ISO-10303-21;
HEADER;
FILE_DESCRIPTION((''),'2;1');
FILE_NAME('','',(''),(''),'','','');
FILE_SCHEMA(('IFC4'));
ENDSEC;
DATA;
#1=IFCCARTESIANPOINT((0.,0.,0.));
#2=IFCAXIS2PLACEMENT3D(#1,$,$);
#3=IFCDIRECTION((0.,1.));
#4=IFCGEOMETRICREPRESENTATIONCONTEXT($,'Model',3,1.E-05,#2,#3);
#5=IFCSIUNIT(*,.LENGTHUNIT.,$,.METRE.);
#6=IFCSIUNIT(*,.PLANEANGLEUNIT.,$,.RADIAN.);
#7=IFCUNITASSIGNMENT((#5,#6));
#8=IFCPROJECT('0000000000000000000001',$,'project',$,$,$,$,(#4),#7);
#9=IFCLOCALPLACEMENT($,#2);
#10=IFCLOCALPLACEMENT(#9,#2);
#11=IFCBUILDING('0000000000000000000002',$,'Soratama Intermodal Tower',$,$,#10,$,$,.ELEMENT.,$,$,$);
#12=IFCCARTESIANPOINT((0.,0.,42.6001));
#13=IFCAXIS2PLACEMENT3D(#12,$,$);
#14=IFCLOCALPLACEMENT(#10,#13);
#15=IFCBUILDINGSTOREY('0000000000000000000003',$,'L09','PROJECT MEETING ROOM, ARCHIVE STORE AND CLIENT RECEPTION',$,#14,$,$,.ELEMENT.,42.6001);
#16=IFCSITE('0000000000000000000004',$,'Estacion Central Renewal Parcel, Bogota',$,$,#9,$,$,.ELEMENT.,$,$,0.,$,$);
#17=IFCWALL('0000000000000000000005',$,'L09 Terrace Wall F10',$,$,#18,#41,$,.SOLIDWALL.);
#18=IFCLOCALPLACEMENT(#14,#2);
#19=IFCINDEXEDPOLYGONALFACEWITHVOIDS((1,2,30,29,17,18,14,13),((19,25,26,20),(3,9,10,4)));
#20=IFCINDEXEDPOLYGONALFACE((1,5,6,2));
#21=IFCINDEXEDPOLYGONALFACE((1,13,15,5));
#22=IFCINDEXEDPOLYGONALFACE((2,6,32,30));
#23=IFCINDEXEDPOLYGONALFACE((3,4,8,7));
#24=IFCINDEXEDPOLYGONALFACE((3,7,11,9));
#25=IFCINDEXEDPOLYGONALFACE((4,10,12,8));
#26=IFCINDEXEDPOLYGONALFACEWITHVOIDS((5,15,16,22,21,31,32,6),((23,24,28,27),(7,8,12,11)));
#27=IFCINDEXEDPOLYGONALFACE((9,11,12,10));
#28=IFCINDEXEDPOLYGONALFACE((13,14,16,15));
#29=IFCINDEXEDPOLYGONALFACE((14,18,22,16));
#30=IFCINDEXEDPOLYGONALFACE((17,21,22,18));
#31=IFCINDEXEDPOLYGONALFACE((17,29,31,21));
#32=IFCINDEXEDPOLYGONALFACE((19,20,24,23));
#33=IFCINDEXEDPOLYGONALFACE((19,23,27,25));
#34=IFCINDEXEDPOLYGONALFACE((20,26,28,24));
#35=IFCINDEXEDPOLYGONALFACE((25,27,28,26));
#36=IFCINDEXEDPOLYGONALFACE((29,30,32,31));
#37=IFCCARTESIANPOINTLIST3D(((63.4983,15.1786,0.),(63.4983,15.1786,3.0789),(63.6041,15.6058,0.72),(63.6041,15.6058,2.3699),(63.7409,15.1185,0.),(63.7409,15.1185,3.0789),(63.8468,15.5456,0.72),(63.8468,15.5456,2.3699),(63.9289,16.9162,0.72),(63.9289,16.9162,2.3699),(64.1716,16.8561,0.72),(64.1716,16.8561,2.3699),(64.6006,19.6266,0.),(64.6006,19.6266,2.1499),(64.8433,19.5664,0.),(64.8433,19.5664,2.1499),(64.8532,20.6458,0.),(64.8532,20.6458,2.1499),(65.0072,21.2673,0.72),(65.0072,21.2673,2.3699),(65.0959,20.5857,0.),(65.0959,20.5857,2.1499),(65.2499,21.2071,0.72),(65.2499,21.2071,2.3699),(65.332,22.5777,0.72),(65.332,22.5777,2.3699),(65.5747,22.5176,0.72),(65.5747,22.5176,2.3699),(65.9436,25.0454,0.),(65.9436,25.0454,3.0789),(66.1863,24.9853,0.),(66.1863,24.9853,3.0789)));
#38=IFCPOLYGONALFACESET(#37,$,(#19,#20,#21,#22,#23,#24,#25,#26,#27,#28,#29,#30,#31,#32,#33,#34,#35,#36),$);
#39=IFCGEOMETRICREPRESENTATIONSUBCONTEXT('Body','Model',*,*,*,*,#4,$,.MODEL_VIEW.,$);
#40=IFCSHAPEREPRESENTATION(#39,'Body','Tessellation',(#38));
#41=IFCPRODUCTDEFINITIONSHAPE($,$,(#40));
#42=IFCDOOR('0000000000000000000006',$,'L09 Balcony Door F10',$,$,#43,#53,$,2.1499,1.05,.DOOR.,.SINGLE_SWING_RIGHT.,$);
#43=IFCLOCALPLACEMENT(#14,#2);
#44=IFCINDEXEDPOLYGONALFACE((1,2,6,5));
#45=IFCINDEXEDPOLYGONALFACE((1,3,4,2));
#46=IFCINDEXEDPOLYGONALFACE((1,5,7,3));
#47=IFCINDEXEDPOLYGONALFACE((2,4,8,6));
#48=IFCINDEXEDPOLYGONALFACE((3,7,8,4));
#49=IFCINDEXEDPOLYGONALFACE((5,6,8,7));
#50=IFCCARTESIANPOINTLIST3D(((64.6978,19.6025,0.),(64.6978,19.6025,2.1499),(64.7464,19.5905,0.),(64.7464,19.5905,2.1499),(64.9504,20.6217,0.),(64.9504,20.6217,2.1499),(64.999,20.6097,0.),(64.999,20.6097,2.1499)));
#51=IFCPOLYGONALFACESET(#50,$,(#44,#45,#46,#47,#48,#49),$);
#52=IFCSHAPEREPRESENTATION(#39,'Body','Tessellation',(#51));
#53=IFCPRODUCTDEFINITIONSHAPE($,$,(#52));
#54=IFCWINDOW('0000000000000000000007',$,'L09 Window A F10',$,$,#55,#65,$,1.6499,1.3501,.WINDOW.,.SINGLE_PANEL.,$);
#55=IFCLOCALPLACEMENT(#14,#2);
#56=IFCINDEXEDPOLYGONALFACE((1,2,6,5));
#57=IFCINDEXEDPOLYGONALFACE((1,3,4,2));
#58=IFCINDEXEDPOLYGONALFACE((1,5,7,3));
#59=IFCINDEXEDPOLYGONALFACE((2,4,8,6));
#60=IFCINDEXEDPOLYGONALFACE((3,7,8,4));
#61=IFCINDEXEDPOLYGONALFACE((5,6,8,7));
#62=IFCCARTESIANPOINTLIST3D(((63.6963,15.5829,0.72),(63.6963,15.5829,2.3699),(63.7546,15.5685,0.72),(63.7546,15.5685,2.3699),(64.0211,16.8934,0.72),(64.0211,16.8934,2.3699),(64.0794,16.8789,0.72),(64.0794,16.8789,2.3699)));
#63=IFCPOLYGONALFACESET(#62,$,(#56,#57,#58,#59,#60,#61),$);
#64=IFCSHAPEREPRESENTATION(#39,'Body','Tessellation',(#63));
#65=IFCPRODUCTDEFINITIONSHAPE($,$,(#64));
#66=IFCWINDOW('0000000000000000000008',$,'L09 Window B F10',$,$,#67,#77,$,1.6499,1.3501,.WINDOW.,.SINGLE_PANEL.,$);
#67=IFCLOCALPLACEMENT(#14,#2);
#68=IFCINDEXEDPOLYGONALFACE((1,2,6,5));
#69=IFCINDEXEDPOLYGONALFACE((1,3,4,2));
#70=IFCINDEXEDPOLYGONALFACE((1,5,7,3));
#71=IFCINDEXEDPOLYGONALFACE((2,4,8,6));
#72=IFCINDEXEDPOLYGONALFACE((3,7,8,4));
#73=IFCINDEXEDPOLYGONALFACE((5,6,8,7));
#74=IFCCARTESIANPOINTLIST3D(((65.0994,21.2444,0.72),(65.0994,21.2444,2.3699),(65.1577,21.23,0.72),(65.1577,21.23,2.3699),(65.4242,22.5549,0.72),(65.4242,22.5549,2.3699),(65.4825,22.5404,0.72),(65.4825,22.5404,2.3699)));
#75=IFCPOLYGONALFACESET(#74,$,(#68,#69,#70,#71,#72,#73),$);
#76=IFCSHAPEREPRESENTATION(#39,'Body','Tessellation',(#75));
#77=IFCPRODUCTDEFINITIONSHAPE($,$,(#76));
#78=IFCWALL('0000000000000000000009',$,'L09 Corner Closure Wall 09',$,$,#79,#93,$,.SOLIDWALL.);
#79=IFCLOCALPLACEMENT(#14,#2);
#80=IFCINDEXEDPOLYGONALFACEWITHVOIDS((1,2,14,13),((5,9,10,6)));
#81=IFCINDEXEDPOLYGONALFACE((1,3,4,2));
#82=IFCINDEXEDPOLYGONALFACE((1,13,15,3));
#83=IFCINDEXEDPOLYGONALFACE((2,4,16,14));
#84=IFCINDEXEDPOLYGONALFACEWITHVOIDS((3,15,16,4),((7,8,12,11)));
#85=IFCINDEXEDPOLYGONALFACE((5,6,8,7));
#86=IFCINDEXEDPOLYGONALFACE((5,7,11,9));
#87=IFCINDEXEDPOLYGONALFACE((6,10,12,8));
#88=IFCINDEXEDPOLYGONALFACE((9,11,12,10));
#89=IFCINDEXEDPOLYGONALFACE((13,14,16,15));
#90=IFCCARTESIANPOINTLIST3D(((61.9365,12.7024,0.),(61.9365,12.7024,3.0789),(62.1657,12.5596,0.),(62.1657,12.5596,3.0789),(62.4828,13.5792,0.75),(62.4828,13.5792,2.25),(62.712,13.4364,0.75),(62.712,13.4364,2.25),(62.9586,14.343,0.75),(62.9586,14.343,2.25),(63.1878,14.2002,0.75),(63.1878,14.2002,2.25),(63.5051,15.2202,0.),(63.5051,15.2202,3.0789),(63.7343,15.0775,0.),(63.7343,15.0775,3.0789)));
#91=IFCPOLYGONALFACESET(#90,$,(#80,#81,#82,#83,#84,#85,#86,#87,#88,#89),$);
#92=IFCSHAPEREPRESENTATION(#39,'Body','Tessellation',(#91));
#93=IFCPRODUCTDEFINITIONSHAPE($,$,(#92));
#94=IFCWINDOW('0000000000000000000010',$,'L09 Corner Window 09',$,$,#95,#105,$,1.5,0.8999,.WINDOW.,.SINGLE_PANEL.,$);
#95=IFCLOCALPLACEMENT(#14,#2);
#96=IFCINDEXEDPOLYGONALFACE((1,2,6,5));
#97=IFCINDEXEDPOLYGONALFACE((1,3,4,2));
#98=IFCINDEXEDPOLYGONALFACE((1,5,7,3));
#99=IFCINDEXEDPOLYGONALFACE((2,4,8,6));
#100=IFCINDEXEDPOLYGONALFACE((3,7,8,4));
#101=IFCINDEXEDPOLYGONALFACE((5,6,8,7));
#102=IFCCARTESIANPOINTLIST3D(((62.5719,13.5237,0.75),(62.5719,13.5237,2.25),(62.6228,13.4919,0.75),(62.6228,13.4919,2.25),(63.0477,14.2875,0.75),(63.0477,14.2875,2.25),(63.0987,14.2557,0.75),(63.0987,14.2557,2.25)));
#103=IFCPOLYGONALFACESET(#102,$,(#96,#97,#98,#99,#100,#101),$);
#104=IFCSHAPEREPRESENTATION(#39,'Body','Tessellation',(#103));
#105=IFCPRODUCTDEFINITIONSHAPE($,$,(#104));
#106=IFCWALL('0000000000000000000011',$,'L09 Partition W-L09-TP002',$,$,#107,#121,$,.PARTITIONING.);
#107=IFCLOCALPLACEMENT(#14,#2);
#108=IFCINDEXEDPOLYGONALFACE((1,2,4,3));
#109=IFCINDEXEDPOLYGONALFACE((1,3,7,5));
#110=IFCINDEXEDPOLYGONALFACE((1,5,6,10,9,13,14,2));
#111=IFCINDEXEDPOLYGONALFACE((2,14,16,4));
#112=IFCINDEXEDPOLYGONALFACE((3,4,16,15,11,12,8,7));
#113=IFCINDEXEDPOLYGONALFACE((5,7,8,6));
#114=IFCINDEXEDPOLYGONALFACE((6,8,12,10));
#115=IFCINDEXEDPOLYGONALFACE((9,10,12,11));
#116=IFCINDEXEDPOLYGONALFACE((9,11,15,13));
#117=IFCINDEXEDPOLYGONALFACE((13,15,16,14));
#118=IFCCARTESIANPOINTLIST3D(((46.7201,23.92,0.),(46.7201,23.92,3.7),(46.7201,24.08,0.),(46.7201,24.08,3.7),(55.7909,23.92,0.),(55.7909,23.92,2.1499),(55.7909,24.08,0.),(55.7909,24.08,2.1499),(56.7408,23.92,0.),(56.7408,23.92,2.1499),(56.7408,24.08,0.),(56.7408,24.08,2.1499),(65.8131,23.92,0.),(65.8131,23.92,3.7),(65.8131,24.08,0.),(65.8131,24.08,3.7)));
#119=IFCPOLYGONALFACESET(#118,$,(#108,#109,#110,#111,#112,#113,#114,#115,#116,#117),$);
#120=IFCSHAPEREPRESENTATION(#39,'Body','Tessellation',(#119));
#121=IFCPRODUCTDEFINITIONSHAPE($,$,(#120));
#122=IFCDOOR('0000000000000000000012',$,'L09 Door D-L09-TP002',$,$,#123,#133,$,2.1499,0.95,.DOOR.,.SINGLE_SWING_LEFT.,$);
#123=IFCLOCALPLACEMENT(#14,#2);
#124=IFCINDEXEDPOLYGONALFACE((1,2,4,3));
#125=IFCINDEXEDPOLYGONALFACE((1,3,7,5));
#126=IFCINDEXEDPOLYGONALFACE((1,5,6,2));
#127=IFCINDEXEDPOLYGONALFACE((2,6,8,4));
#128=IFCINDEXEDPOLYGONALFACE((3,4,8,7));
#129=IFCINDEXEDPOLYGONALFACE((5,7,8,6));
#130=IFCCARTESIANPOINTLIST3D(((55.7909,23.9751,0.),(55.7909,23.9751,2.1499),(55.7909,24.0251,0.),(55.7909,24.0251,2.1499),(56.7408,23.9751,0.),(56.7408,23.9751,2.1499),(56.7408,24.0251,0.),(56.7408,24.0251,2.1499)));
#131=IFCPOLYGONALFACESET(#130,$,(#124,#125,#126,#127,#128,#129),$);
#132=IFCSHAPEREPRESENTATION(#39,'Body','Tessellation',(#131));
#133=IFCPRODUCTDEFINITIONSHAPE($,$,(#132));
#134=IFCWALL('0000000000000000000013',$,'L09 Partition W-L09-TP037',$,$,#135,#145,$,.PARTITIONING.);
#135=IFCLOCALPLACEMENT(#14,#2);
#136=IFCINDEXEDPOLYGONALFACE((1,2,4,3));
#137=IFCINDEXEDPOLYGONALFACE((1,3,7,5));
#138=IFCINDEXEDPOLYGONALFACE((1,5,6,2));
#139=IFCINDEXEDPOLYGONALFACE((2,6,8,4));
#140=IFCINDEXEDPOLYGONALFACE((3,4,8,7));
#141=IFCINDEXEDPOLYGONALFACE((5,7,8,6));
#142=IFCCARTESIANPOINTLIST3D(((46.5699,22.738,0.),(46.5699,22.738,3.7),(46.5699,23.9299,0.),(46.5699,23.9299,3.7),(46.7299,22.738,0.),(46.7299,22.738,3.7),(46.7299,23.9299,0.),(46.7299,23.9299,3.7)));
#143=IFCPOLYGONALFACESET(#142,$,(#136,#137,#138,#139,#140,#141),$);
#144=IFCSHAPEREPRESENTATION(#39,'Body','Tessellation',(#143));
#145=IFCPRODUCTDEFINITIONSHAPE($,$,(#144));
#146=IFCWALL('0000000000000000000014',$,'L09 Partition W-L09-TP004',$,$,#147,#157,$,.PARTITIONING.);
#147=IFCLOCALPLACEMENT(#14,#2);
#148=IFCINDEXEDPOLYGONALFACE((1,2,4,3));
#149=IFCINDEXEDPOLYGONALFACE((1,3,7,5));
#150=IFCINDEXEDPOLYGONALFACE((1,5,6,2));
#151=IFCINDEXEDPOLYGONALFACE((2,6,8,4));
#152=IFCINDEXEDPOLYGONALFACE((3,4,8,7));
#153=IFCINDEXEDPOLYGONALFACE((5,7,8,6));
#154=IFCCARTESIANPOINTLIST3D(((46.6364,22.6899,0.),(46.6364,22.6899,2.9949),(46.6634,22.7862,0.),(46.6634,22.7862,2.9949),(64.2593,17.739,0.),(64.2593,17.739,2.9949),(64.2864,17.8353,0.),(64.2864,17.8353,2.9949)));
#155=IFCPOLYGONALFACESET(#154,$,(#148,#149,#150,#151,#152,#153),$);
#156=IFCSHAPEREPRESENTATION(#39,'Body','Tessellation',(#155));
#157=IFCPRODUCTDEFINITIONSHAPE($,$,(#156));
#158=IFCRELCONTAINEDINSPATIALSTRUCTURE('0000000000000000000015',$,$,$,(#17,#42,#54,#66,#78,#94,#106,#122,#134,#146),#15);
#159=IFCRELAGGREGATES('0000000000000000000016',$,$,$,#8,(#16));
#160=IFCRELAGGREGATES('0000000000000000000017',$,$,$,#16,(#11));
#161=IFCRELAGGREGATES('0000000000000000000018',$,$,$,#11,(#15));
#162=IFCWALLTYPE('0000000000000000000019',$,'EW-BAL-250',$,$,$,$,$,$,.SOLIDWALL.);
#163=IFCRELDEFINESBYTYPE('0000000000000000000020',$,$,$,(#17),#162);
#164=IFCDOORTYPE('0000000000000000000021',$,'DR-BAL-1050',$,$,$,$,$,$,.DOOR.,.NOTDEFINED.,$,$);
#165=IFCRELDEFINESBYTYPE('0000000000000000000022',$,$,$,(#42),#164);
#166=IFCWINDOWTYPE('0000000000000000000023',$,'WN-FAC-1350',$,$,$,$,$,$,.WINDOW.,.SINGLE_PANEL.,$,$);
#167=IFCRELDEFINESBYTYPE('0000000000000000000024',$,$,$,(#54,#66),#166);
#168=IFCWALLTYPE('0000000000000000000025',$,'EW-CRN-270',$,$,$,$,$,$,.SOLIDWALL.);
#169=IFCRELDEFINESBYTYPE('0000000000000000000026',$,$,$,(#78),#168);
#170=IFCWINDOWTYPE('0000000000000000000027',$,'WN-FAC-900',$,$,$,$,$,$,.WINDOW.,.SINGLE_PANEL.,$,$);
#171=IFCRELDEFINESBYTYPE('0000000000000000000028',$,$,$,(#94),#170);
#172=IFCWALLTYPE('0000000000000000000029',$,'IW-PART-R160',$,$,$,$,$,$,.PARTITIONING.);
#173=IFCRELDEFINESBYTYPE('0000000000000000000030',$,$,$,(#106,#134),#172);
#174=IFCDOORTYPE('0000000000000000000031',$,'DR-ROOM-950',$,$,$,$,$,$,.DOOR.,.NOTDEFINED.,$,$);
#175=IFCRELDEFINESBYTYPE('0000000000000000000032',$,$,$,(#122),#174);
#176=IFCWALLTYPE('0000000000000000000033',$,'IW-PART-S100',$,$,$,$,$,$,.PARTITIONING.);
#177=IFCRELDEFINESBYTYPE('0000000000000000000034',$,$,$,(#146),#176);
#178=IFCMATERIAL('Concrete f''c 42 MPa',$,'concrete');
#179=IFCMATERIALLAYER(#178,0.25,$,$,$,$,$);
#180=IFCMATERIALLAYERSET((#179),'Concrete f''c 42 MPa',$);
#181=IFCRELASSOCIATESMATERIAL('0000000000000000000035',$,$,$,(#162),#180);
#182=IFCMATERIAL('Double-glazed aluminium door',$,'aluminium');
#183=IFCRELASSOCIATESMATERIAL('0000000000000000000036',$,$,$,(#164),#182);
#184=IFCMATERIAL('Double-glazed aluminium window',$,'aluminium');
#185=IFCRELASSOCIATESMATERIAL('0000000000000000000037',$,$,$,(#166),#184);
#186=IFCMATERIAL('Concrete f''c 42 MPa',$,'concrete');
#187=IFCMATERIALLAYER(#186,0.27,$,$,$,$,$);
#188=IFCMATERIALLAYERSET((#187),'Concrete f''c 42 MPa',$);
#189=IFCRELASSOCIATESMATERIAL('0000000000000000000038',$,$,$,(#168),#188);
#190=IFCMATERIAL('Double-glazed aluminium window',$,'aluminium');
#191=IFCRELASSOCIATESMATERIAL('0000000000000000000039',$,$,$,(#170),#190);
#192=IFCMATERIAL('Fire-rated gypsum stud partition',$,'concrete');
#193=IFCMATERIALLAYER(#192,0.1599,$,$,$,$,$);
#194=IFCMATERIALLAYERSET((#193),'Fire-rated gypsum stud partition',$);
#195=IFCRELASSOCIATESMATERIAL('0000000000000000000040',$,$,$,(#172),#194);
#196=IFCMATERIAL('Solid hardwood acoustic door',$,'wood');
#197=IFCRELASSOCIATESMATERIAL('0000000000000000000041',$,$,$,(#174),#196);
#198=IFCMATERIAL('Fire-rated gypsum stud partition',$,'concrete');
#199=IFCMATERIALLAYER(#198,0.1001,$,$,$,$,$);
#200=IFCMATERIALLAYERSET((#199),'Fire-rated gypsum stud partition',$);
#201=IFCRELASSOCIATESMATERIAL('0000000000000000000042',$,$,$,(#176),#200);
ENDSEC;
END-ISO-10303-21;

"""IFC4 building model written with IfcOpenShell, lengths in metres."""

from ifc_helpers import new_model, si_unit, direction, frame, frame_2d, origin, place, context, subcontext, project, spatial, rectangle, extrude, material, layer, layer_set, type_object, element, fill, save


model = new_model("IFC4")

# Units and contexts
model_context = context("Model", 3, precision=1e-05, world=origin(), true_north=direction((0.0, 1.0)))
body_context = subcontext(model_context, "Body", "Model", "MODEL_VIEW")
ifc_project = project(units=[si_unit("LENGTHUNIT", "METRE"), si_unit("PLANEANGLEUNIT", "RADIAN")], contexts=[model_context])

# Site, building, storey
site_placement = place(None, origin())
site = spatial("IfcSite", under=ifc_project, at=site_placement, Name="Estacion Central Renewal Parcel, Bogota", CompositionType="ELEMENT", RefElevation=0.0)
building_placement = place(site_placement, origin())
building = spatial("IfcBuilding", under=site, at=building_placement, Name="Soratama Intermodal Tower", CompositionType="ELEMENT")
storey_placement = place(building_placement, frame((0.0, 0.0, 42.6001)))
storey = spatial("IfcBuildingStorey", under=building, at=storey_placement, Name="L09", Description="PROJECT MEETING ROOM, ARCHIVE STORE AND CLIENT RECEPTION", CompositionType="ELEMENT", Elevation=42.6001)

# Wall, openings, door, windows
ifc_material_1 = material(Name="Concrete f'c 42 MPa", Category="concrete")
ifc_layer_1 = layer(ifc_material_1, 0.25)
ifc_layer_set_1 = layer_set([ifc_layer_1], Name="Concrete f'c 42 MPa")
wall_type_1 = type_object("IfcWallType", Name="EW-BAL-250", PredefinedType="SOLIDWALL", material=ifc_layer_set_1)
wall_1_placement = place(storey_placement, frame((63.6196, 15.1487, 0.0), z_axis=(0.0, 0.0, 1.0), x_axis=(0.240557, 0.970635, 0.0)))
wall_1 = element("IfcWall", 1, at=wall_1_placement, inside=storey, type_object=wall_type_1, Name="L09 Terrace Wall F10", PredefinedType="SOLIDWALL", context=body_context, shape_type="SweptSolid", body=[
    extrude(rectangle(XDim=10.1653, YDim=0.25, at=frame_2d((5.0825, 0.0))), origin(), (0.0, 0.0, 1.0), 3.0789),
])
opening_1_placement = place(wall_1_placement, frame((4.5825, 0.0, 0.0)))
opening_1 = element("IfcOpeningElement", 2, at=opening_1_placement, cuts=wall_1, PredefinedType="OPENING", context=body_context, shape_type="SweptSolid", body=[
    extrude(rectangle(XDim=1.05, YDim=2.1499, at=frame_2d((0.5249, 1.075))), frame((0.0, 0.135, 0.0), z_axis=(0.0, -1.0, 0.0), x_axis=(1.0, 0.0, 0.0)), (0.0, 0.0, 1.0), 0.27),
])
opening_2_placement = place(wall_1_placement, frame((0.4399, 0.0, 0.72)))
opening_2 = element("IfcOpeningElement", 3, at=opening_2_placement, cuts=wall_1, PredefinedType="OPENING", context=body_context, shape_type="SweptSolid", body=[
    extrude(rectangle(XDim=1.3501, YDim=1.6499, at=frame_2d((0.675, 0.825))), frame((0.0, 0.135, 0.0), z_axis=(0.0, -1.0, 0.0), x_axis=(1.0, 0.0, 0.0)), (0.0, 0.0, 1.0), 0.27),
])
opening_3_placement = place(wall_1_placement, frame((6.2727, 0.0, 0.72)))
opening_3 = element("IfcOpeningElement", 4, at=opening_3_placement, cuts=wall_1, PredefinedType="OPENING", context=body_context, shape_type="SweptSolid", body=[
    extrude(rectangle(XDim=1.3501, YDim=1.6499, at=frame_2d((0.675, 0.825))), frame((0.0, 0.135, 0.0), z_axis=(0.0, -1.0, 0.0), x_axis=(1.0, 0.0, 0.0)), (0.0, 0.0, 1.0), 0.27),
])
ifc_material_2 = material(Name="Double-glazed aluminium door", Category="aluminium")
door_type_1 = type_object("IfcDoorType", Name="DR-BAL-1050", OperationType="NOTDEFINED", PredefinedType="DOOR", material=ifc_material_2)
door_1_placement = place(opening_1_placement, origin())
door_1 = element("IfcDoor", 5, at=door_1_placement, inside=storey, type_object=door_type_1, Name="L09 Balcony Door F10", OperationType="SINGLE_SWING_RIGHT", OverallHeight=2.1499, OverallWidth=1.05, PredefinedType="DOOR", context=body_context, shape_type="SweptSolid", body=[
    extrude(rectangle(XDim=1.05, YDim=2.1499, at=frame_2d((0.5249, 1.075))), frame((0.0, 0.0249, 0.0), z_axis=(0.0, -1.0, 0.0), x_axis=(1.0, 0.0, 0.0)), (0.0, 0.0, 1.0), 0.05),
])
fill(opening_1, door_1)
ifc_material_3 = material(Name="Double-glazed aluminium window", Category="aluminium")
window_type_1 = type_object("IfcWindowType", Name="WN-FAC-1350", PartitioningType="SINGLE_PANEL", PredefinedType="WINDOW", material=ifc_material_3)
window_1_placement = place(opening_2_placement, origin())
window_1 = element("IfcWindow", 6, at=window_1_placement, inside=storey, type_object=window_type_1, Name="L09 Window A F10", OverallHeight=1.6499, OverallWidth=1.3501, PartitioningType="SINGLE_PANEL", PredefinedType="WINDOW", context=body_context, shape_type="SweptSolid", body=[
    extrude(rectangle(XDim=1.3501, YDim=1.6499, at=frame_2d((0.675, 0.825))), frame((0.0, 0.03, 0.0), z_axis=(0.0, -1.0, 0.0), x_axis=(1.0, 0.0, 0.0)), (0.0, 0.0, 1.0), 0.0601),
])
fill(opening_2, window_1)
window_2_placement = place(opening_3_placement, origin())
window_2 = element("IfcWindow", 7, at=window_2_placement, inside=storey, type_object=window_type_1, Name="L09 Window B F10", OverallHeight=1.6499, OverallWidth=1.3501, PartitioningType="SINGLE_PANEL", PredefinedType="WINDOW", context=body_context, shape_type="SweptSolid", body=[
    extrude(rectangle(XDim=1.3501, YDim=1.6499, at=frame_2d((0.675, 0.825))), frame((0.0, 0.03, 0.0), z_axis=(0.0, -1.0, 0.0), x_axis=(1.0, 0.0, 0.0)), (0.0, 0.0, 1.0), 0.0601),
])
fill(opening_3, window_2)

# Wall, opening, window
ifc_material_4 = material(Name="Concrete f'c 42 MPa", Category="concrete")
ifc_layer_2 = layer(ifc_material_4, 0.27)
ifc_layer_set_2 = layer_set([ifc_layer_2], Name="Concrete f'c 42 MPa")
wall_type_2 = type_object("IfcWallType", Name="EW-CRN-270", PredefinedType="SOLIDWALL", material=ifc_layer_set_2)
wall_2_placement = place(storey_placement, frame((62.051, 12.6309, 0.0), z_axis=(0.0, 0.0, 1.0), x_axis=(0.528778, 0.84876, 0.0)))
wall_2 = element("IfcWall", 8, at=wall_2_placement, inside=storey, type_object=wall_type_2, Name="L09 Corner Closure Wall 09", PredefinedType="SOLIDWALL", context=body_context, shape_type="SweptSolid", body=[
    extrude(rectangle(XDim=2.9666, YDim=0.27, at=frame_2d((1.4834, 0.0))), origin(), (0.0, 0.0, 1.0), 3.0789),
])
opening_4_placement = place(wall_2_placement, frame((1.0332, 0.0, 0.75)))
opening_4 = element("IfcOpeningElement", 9, at=opening_4_placement, cuts=wall_2, PredefinedType="OPENING", context=body_context, shape_type="SweptSolid", body=[
    extrude(rectangle(XDim=0.8999, YDim=1.5, at=frame_2d((0.45, 0.75))), frame((0.0, 0.145, 0.0), z_axis=(0.0, -1.0, 0.0), x_axis=(1.0, 0.0, 0.0)), (0.0, 0.0, 1.0), 0.29),
])
ifc_material_5 = material(Name="Double-glazed aluminium window", Category="aluminium")
window_type_2 = type_object("IfcWindowType", Name="WN-FAC-900", PartitioningType="SINGLE_PANEL", PredefinedType="WINDOW", material=ifc_material_5)
window_3_placement = place(opening_4_placement, origin())
window_3 = element("IfcWindow", 10, at=window_3_placement, inside=storey, type_object=window_type_2, Name="L09 Corner Window 09", OverallHeight=1.5, OverallWidth=0.8999, PartitioningType="SINGLE_PANEL", PredefinedType="WINDOW", context=body_context, shape_type="SweptSolid", body=[
    extrude(rectangle(XDim=0.8999, YDim=1.5, at=frame_2d((0.45, 0.75))), frame((0.0, 0.03, 0.0), z_axis=(0.0, -1.0, 0.0), x_axis=(1.0, 0.0, 0.0)), (0.0, 0.0, 1.0), 0.0601),
])
fill(opening_4, window_3)

# Wall, opening, door
ifc_material_6 = material(Name="Fire-rated gypsum stud partition", Category="concrete")
ifc_layer_3 = layer(ifc_material_6, 0.1599)
ifc_layer_set_3 = layer_set([ifc_layer_3], Name="Fire-rated gypsum stud partition")
wall_type_3 = type_object("IfcWallType", Name="IW-PART-R160", PredefinedType="PARTITIONING", material=ifc_layer_set_3)
wall_3_placement = place(storey_placement, frame((65.813, 24.0, 0.0), z_axis=(0.0, 0.0, 1.0), x_axis=(-1.0, 0.0, 0.0)))
wall_3 = element("IfcWall", 11, at=wall_3_placement, inside=storey, type_object=wall_type_3, Name="L09 Partition W-L09-TP002", PredefinedType="PARTITIONING", context=body_context, shape_type="SweptSolid", body=[
    extrude(rectangle(XDim=19.093, YDim=0.1599, at=frame_2d((9.5464, 0.0))), origin(), (0.0, 0.0, 1.0), 3.7),
])
opening_5_placement = place(wall_3_placement, frame((9.072, 0.0, 0.0)))
opening_5 = element("IfcOpeningElement", 12, at=opening_5_placement, cuts=wall_3, PredefinedType="OPENING", context=body_context, shape_type="SweptSolid", body=[
    extrude(rectangle(XDim=0.95, YDim=2.1499, at=frame_2d((0.4751, 1.075))), frame((0.0, 0.0898, 0.0), z_axis=(0.0, -1.0, 0.0), x_axis=(1.0, 0.0, 0.0)), (0.0, 0.0, 1.0), 0.1799),
])
ifc_material_7 = material(Name="Solid hardwood acoustic door", Category="wood")
door_type_2 = type_object("IfcDoorType", Name="DR-ROOM-950", OperationType="NOTDEFINED", PredefinedType="DOOR", material=ifc_material_7)
door_2_placement = place(opening_5_placement, origin())
door_2 = element("IfcDoor", 13, at=door_2_placement, inside=storey, type_object=door_type_2, Name="L09 Door D-L09-TP002", OperationType="SINGLE_SWING_LEFT", OverallHeight=2.1499, OverallWidth=0.95, PredefinedType="DOOR", context=body_context, shape_type="SweptSolid", body=[
    extrude(rectangle(XDim=0.95, YDim=2.1499, at=frame_2d((0.4751, 1.075))), frame((0.0, 0.0249, 0.0), z_axis=(0.0, -1.0, 0.0), x_axis=(1.0, 0.0, 0.0)), (0.0, 0.0, 1.0), 0.05),
])
fill(opening_5, door_2)

# Walls
wall_4_placement = place(storey_placement, frame((46.6499, 23.9299, 0.0), z_axis=(0.0, 0.0, 1.0), x_axis=(0.0, -1.0, 0.0)))
element("IfcWall", 14, at=wall_4_placement, inside=storey, type_object=wall_type_3, Name="L09 Partition W-L09-TP037", PredefinedType="PARTITIONING", context=body_context, shape_type="SweptSolid", body=[
    extrude(rectangle(XDim=1.1919, YDim=0.1599, at=frame_2d((0.5959, 0.0))), origin(), (0.0, 0.0, 1.0), 3.7),
])
ifc_material_8 = material(Name="Fire-rated gypsum stud partition", Category="concrete")
ifc_layer_4 = layer(ifc_material_8, 0.1001)
ifc_layer_set_4 = layer_set([ifc_layer_4], Name="Fire-rated gypsum stud partition")
wall_type_4 = type_object("IfcWallType", Name="IW-PART-S100", PredefinedType="PARTITIONING", material=ifc_layer_set_4)
wall_5_placement = place(storey_placement, frame((46.6499, 22.738, 0.0), z_axis=(0.0, 0.0, 1.0), x_axis=(0.96273, -0.270464, 0.0)))
element("IfcWall", 15, at=wall_5_placement, inside=storey, type_object=wall_type_4, Name="L09 Partition W-L09-TP004", PredefinedType="PARTITIONING", context=body_context, shape_type="SweptSolid", body=[
    extrude(rectangle(XDim=18.3052, YDim=0.1001, at=frame_2d((9.1526, 0.0))), origin(), (0.0, 0.0, 1.0), 2.9949),
])

save(model, "model.ifc")
